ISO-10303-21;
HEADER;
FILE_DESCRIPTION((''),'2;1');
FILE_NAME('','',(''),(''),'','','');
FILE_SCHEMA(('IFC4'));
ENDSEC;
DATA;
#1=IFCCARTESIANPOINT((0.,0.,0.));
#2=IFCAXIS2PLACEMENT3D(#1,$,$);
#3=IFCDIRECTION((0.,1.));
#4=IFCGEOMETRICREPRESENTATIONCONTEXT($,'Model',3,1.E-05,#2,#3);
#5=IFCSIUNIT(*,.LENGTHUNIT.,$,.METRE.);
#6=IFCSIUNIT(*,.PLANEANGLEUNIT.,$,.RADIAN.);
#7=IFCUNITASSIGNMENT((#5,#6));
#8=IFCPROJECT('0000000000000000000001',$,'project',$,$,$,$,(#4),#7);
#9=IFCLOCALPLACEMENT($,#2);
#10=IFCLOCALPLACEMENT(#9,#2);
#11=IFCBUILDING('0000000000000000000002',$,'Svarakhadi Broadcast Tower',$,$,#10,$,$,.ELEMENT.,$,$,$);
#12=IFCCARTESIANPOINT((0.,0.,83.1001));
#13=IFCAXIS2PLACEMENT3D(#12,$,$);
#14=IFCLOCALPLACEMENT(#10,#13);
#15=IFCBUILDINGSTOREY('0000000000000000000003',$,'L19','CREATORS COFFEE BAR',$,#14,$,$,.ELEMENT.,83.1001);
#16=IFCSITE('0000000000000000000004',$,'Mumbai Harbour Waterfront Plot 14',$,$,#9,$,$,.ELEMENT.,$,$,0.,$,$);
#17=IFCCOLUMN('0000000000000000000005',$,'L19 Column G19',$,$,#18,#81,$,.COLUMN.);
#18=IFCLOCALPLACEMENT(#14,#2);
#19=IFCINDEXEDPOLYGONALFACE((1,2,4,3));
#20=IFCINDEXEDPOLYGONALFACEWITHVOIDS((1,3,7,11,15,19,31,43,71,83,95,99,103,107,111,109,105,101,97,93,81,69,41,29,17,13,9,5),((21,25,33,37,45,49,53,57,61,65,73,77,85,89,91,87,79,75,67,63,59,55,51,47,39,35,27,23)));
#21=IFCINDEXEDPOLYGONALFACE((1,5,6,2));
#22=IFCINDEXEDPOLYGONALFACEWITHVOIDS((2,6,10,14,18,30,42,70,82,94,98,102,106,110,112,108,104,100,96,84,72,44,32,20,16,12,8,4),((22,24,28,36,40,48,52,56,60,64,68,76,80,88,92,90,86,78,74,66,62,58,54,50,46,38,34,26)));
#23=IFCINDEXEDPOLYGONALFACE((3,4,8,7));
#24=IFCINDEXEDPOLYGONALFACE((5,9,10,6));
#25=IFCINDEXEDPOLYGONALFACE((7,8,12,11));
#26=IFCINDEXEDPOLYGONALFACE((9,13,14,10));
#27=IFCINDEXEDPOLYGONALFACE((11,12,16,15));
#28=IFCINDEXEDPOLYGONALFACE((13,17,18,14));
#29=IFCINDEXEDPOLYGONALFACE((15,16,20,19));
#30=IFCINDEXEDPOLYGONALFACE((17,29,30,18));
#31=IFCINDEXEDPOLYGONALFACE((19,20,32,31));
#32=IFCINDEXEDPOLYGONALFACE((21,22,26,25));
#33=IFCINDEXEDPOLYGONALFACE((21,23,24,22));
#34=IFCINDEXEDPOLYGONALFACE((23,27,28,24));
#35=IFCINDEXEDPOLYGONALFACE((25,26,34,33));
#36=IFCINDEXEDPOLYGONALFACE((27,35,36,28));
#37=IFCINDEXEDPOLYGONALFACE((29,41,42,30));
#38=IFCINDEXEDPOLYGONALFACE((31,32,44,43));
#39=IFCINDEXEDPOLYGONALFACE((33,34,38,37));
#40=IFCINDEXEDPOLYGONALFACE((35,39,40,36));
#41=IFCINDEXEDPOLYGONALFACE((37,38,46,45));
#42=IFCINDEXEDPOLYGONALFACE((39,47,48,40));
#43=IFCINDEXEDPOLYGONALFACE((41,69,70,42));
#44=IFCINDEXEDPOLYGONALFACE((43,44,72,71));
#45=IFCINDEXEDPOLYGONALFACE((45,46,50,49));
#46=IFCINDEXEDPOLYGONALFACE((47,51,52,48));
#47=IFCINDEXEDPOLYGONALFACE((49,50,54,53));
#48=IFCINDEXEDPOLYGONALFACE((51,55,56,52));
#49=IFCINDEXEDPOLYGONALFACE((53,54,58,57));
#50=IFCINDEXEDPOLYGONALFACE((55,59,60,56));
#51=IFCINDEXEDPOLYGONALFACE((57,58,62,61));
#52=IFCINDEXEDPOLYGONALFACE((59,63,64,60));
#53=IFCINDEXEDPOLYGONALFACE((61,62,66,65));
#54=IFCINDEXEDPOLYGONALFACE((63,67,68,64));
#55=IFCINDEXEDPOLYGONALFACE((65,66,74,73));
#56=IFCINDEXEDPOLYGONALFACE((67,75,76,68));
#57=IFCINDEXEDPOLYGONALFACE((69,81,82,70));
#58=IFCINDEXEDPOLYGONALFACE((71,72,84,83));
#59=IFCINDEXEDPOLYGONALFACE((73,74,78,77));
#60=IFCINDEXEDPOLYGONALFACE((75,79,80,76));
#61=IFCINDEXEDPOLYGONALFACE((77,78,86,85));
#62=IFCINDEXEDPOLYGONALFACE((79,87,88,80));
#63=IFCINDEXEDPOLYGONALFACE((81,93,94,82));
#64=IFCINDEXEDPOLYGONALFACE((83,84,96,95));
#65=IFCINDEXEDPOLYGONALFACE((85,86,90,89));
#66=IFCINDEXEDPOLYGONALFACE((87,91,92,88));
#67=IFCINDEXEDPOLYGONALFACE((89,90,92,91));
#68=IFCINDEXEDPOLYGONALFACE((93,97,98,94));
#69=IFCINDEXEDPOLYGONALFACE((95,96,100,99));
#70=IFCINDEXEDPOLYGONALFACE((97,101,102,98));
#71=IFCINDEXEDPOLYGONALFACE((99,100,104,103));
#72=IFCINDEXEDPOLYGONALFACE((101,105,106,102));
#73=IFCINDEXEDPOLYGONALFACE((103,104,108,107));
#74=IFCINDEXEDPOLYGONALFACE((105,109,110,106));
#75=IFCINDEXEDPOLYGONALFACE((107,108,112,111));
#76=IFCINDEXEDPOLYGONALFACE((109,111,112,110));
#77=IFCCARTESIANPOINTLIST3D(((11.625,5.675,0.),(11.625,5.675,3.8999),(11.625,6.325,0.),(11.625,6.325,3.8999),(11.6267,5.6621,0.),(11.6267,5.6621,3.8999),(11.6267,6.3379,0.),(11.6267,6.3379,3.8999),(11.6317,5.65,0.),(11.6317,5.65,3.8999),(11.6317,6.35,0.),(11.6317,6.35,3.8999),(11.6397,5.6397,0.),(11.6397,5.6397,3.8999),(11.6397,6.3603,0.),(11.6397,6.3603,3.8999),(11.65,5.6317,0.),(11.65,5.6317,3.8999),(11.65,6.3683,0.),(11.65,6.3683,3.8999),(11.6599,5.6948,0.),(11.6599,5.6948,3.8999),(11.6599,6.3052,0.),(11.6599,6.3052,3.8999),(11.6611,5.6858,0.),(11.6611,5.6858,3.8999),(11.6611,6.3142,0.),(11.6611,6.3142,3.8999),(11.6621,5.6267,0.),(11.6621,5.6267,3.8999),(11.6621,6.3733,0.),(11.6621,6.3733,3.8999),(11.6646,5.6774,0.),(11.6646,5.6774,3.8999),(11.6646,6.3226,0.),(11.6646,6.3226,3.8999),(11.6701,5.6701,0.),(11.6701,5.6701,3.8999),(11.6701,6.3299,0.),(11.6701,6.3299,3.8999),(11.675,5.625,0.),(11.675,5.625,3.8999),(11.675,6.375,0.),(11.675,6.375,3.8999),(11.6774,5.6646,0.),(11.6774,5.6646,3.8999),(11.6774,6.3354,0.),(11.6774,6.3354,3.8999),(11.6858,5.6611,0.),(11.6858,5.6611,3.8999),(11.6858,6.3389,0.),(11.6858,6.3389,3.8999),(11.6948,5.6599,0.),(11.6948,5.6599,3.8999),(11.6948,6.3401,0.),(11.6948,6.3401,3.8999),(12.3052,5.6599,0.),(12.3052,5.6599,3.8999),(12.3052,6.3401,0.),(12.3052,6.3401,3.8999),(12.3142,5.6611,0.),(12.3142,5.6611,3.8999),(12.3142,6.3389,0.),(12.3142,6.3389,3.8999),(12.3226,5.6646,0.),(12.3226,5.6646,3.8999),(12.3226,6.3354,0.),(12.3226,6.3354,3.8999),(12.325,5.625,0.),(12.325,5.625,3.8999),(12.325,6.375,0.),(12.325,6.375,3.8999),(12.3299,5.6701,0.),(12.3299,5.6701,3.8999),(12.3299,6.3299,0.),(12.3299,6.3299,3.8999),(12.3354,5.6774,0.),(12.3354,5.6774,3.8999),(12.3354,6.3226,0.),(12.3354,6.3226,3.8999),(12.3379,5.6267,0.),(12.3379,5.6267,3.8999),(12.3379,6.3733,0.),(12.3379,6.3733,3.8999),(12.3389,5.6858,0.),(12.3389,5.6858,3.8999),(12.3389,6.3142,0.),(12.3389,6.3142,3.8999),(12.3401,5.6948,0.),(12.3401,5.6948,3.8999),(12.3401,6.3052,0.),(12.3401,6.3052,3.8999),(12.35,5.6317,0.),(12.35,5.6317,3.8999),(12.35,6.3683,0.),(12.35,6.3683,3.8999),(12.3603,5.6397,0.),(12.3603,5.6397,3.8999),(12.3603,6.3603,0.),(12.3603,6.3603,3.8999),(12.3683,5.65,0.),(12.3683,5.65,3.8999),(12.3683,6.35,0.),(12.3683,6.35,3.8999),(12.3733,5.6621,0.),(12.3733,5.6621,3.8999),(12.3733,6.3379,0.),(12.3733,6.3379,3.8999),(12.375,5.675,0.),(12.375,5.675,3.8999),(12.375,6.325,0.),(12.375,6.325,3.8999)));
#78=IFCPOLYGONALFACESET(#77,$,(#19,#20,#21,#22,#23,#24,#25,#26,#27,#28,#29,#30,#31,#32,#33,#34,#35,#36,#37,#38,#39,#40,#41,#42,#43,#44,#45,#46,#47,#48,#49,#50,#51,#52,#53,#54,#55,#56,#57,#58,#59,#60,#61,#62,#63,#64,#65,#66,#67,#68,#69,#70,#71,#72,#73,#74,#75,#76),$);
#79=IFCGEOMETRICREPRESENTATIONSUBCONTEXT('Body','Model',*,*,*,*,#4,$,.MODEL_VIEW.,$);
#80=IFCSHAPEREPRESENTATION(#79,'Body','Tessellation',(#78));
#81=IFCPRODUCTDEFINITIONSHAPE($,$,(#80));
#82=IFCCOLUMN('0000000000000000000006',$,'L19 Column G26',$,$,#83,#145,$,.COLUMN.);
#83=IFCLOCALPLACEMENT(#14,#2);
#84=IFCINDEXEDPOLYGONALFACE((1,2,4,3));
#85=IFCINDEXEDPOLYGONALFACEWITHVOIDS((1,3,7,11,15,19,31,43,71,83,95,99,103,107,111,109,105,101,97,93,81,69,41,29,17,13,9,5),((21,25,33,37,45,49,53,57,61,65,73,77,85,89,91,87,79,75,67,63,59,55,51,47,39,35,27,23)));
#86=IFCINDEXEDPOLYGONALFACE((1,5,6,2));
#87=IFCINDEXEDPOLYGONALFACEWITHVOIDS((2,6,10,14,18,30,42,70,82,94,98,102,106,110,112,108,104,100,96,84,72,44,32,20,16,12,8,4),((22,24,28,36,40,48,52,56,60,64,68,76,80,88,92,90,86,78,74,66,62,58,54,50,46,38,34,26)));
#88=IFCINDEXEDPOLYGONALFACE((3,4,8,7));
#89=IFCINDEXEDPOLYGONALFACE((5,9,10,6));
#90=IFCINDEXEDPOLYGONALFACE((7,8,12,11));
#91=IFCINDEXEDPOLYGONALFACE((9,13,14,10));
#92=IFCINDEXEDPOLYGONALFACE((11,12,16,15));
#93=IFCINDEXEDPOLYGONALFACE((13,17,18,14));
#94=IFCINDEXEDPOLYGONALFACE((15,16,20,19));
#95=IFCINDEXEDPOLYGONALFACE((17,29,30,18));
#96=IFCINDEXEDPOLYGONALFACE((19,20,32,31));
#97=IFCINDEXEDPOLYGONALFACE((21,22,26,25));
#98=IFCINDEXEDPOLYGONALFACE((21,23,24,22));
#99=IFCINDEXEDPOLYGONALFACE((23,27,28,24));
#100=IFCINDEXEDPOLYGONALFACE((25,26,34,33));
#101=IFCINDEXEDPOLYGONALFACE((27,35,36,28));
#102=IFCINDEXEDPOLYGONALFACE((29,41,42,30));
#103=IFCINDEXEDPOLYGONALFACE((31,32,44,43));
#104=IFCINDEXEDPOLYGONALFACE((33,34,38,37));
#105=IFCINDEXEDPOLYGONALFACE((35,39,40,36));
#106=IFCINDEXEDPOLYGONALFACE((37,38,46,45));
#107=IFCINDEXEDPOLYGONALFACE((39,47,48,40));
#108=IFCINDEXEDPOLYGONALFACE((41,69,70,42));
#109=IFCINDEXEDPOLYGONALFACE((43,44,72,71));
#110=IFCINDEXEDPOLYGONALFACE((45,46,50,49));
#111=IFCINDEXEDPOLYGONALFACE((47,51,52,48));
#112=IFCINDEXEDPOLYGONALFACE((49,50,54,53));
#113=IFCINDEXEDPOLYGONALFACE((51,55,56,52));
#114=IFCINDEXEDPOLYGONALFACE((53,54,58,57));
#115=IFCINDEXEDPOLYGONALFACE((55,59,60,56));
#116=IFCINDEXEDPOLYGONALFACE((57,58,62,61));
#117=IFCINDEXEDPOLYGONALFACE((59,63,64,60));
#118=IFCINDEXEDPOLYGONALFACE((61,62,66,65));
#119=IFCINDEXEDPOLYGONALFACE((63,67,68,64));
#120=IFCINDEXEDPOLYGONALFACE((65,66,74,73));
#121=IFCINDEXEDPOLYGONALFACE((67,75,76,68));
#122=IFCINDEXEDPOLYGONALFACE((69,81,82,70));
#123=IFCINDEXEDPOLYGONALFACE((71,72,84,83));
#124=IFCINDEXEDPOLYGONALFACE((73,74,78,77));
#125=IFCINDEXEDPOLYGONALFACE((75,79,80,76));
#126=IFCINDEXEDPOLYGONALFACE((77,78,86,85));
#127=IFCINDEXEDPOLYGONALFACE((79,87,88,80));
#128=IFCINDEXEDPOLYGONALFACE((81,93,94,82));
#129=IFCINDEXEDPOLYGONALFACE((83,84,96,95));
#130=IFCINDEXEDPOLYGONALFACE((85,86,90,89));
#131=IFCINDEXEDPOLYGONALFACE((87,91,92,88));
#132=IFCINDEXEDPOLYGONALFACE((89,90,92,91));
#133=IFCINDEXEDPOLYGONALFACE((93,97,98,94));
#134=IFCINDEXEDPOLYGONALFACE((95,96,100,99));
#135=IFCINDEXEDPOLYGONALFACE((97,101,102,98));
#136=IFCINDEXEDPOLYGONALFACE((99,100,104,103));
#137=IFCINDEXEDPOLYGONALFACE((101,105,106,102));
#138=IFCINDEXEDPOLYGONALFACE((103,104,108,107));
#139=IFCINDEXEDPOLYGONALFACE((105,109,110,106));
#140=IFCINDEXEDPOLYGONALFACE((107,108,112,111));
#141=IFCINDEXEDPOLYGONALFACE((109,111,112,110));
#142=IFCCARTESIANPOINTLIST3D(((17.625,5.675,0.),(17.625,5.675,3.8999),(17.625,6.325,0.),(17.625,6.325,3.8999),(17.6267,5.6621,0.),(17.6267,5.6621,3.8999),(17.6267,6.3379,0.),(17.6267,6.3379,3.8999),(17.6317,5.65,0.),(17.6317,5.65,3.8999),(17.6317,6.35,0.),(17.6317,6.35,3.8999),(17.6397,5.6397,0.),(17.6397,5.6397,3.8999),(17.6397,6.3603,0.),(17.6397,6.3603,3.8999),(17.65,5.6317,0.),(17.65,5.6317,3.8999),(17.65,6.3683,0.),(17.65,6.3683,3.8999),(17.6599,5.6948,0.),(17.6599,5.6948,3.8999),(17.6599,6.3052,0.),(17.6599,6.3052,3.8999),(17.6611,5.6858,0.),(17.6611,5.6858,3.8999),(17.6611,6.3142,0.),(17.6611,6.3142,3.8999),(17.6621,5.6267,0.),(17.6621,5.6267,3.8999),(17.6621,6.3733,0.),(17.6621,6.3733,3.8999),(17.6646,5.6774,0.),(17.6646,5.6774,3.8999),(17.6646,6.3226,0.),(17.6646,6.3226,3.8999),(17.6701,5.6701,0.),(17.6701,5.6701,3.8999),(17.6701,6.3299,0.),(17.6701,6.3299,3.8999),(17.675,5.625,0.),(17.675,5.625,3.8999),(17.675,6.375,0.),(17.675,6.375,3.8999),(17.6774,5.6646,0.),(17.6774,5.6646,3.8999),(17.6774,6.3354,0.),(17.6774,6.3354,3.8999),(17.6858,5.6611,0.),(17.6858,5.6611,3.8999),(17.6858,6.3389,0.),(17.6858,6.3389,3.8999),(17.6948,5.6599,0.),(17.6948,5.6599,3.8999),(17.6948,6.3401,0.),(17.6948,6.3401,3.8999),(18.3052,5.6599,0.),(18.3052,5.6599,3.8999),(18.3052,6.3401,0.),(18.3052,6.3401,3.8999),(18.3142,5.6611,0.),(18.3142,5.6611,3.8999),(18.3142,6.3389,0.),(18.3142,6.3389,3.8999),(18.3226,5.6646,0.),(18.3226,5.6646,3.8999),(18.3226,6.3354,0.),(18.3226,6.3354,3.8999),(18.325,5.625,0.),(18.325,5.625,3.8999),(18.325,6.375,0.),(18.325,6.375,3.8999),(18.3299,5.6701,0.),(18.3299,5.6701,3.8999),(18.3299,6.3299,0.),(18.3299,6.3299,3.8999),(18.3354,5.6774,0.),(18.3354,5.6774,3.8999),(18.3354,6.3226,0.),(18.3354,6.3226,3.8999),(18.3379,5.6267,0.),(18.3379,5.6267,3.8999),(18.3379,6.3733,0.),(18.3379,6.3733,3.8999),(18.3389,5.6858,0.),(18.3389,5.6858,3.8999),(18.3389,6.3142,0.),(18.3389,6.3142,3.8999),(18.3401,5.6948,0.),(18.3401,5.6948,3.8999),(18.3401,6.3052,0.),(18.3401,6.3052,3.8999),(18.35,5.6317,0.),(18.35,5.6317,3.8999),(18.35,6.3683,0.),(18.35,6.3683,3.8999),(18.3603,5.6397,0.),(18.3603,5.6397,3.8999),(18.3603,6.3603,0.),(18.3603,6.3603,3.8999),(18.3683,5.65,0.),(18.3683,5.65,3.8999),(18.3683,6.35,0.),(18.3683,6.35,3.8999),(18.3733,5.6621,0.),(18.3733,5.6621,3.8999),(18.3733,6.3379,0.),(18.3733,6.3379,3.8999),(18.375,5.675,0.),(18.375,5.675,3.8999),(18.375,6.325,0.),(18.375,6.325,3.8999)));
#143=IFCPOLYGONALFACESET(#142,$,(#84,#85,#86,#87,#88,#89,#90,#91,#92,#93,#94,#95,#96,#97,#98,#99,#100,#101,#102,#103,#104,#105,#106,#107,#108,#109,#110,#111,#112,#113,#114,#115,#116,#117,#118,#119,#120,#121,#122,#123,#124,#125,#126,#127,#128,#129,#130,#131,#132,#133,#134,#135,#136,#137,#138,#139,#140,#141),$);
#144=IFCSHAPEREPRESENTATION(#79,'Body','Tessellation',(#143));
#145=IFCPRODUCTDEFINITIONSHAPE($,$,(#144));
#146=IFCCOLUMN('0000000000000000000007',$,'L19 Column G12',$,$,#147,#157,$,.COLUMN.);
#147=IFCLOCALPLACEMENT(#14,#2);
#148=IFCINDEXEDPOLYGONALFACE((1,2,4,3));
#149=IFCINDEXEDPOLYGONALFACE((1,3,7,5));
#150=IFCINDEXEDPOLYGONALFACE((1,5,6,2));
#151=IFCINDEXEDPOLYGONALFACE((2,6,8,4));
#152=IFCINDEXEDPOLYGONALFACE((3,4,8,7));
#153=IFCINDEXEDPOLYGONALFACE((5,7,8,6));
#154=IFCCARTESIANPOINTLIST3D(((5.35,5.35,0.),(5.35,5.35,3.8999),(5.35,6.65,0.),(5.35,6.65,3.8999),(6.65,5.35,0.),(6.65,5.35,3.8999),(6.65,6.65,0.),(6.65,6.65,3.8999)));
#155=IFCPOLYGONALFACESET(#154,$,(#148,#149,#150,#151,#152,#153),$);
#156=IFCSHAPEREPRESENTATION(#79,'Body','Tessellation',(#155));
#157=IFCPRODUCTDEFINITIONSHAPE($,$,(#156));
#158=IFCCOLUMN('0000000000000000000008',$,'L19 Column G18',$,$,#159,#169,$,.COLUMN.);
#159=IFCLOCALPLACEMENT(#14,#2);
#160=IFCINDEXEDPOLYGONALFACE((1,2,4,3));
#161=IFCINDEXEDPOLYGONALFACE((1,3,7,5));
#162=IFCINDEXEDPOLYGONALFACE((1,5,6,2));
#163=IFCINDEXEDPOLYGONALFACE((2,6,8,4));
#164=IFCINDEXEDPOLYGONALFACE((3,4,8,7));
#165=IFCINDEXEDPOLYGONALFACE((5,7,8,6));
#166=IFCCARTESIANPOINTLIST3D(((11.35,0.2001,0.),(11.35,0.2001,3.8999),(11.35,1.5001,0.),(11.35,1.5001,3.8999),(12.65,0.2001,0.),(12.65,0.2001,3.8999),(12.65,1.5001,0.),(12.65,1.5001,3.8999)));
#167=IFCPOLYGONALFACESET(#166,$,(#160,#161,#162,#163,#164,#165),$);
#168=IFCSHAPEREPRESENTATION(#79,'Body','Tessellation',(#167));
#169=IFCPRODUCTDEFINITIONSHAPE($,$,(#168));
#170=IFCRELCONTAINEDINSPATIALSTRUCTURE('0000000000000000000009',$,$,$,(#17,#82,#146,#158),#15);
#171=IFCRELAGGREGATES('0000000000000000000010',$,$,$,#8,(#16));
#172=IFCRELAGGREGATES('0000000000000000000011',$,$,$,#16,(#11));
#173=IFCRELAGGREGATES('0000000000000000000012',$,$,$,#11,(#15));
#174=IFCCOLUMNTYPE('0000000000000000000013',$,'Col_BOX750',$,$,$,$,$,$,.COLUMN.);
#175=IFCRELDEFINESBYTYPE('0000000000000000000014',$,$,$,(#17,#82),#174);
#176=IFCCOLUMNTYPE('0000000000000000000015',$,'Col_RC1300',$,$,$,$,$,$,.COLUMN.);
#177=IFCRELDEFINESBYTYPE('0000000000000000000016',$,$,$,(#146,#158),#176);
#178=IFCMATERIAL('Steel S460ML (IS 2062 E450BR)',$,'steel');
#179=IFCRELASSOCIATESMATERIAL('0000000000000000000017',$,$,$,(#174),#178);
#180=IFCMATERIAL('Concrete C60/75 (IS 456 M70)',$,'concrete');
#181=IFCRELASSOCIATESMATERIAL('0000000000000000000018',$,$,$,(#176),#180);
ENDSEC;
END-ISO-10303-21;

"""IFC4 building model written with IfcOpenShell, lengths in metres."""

from ifc_helpers import new_model, si_unit, direction, frame, origin, origin_2d, place, context, subcontext, project, spatial, rectangle, hollow_rectangle, extrude, material, material_profile, profile_set, type_object, element, save


model = new_model("IFC4")

# Units and contexts
model_context = context("Model", 3, precision=1e-05, world=origin(), true_north=direction((0.0, 1.0)))
body_context = subcontext(model_context, "Body", "Model", "MODEL_VIEW")
ifc_project = project(units=[si_unit("LENGTHUNIT", "METRE"), si_unit("PLANEANGLEUNIT", "RADIAN")], contexts=[model_context])

# Site, building, storey
site_placement = place(None, origin())
site = spatial("IfcSite", under=ifc_project, at=site_placement, Name="Mumbai Harbour Waterfront Plot 14", CompositionType="ELEMENT", RefElevation=0.0)
building_placement = place(site_placement, origin())
building = spatial("IfcBuilding", under=site, at=building_placement, Name="Svarakhadi Broadcast Tower", CompositionType="ELEMENT")
storey_placement = place(building_placement, frame((0.0, 0.0, 83.1001)))
storey = spatial("IfcBuildingStorey", under=building, at=storey_placement, Name="L19", Description="CREATORS COFFEE BAR", CompositionType="ELEMENT", Elevation=83.1001)

# Columns
ifc_material_1 = material(Name="Steel S460ML (IS 2062 E450BR)", Category="steel")
ifc_material_profile_1 = material_profile(ifc_material_1, hollow_rectangle(XDim=0.75, YDim=0.75, WallThickness=0.0349, InnerFilletRadius=0.0349, OuterFilletRadius=0.05, at=origin_2d()), Name="BOX 750x750x35")
ifc_profile_set_1 = profile_set([ifc_material_profile_1], Name="Steel S460ML (IS 2062 E450BR)")
column_type_1 = type_object("IfcColumnType", Name="Col_BOX750", PredefinedType="COLUMN", material=ifc_profile_set_1)
for number, where, z_axis, x_axis, name in (
    (1, (12.0, 6.0, 0.0), (0.0, 0.0, 1.0), (1.0, 0.0, 0.0), "L19 Column G19"),
    (2, (18.0, 6.0, 0.0), (0.0, 0.0, 1.0), (1.0, 0.0, 0.0), "L19 Column G26"),
):
    element("IfcColumn", number, at=place(storey_placement, frame(where, z_axis=z_axis, x_axis=x_axis)), inside=storey, type_object=column_type_1, Name=name, PredefinedType="COLUMN", context=body_context, shape_type="SweptSolid", body=[
        extrude(hollow_rectangle(XDim=0.75, YDim=0.75, WallThickness=0.0349, InnerFilletRadius=0.0349, OuterFilletRadius=0.05, at=origin_2d()), origin(), (0.0, 0.0, 1.0), 3.8999),
    ])
ifc_material_2 = material(Name="Concrete C60/75 (IS 456 M70)", Category="concrete")
ifc_material_profile_2 = material_profile(ifc_material_2, rectangle(XDim=1.3, YDim=1.3, at=origin_2d()), Name="RC 1300x1300")
ifc_profile_set_2 = profile_set([ifc_material_profile_2], Name="Concrete C60/75 (IS 456 M70)")
column_type_2 = type_object("IfcColumnType", Name="Col_RC1300", PredefinedType="COLUMN", material=ifc_profile_set_2)
for number, where, z_axis, x_axis, name in (
    (3, (6.0, 6.0, 0.0), (0.0, 0.0, 1.0), (1.0, 0.0, 0.0), "L19 Column G12"),
    (4, (12.0, 0.8501, 0.0), (0.0, 0.0, 1.0), (1.0, 0.0, 0.0), "L19 Column G18"),
):
    element("IfcColumn", number, at=place(storey_placement, frame(where, z_axis=z_axis, x_axis=x_axis)), inside=storey, type_object=column_type_2, Name=name, PredefinedType="COLUMN", context=body_context, shape_type="SweptSolid", body=[
        extrude(rectangle(XDim=1.3, YDim=1.3, at=origin_2d()), origin(), (0.0, 0.0, 1.0), 3.8999),
    ])

save(model, "model.ifc")
